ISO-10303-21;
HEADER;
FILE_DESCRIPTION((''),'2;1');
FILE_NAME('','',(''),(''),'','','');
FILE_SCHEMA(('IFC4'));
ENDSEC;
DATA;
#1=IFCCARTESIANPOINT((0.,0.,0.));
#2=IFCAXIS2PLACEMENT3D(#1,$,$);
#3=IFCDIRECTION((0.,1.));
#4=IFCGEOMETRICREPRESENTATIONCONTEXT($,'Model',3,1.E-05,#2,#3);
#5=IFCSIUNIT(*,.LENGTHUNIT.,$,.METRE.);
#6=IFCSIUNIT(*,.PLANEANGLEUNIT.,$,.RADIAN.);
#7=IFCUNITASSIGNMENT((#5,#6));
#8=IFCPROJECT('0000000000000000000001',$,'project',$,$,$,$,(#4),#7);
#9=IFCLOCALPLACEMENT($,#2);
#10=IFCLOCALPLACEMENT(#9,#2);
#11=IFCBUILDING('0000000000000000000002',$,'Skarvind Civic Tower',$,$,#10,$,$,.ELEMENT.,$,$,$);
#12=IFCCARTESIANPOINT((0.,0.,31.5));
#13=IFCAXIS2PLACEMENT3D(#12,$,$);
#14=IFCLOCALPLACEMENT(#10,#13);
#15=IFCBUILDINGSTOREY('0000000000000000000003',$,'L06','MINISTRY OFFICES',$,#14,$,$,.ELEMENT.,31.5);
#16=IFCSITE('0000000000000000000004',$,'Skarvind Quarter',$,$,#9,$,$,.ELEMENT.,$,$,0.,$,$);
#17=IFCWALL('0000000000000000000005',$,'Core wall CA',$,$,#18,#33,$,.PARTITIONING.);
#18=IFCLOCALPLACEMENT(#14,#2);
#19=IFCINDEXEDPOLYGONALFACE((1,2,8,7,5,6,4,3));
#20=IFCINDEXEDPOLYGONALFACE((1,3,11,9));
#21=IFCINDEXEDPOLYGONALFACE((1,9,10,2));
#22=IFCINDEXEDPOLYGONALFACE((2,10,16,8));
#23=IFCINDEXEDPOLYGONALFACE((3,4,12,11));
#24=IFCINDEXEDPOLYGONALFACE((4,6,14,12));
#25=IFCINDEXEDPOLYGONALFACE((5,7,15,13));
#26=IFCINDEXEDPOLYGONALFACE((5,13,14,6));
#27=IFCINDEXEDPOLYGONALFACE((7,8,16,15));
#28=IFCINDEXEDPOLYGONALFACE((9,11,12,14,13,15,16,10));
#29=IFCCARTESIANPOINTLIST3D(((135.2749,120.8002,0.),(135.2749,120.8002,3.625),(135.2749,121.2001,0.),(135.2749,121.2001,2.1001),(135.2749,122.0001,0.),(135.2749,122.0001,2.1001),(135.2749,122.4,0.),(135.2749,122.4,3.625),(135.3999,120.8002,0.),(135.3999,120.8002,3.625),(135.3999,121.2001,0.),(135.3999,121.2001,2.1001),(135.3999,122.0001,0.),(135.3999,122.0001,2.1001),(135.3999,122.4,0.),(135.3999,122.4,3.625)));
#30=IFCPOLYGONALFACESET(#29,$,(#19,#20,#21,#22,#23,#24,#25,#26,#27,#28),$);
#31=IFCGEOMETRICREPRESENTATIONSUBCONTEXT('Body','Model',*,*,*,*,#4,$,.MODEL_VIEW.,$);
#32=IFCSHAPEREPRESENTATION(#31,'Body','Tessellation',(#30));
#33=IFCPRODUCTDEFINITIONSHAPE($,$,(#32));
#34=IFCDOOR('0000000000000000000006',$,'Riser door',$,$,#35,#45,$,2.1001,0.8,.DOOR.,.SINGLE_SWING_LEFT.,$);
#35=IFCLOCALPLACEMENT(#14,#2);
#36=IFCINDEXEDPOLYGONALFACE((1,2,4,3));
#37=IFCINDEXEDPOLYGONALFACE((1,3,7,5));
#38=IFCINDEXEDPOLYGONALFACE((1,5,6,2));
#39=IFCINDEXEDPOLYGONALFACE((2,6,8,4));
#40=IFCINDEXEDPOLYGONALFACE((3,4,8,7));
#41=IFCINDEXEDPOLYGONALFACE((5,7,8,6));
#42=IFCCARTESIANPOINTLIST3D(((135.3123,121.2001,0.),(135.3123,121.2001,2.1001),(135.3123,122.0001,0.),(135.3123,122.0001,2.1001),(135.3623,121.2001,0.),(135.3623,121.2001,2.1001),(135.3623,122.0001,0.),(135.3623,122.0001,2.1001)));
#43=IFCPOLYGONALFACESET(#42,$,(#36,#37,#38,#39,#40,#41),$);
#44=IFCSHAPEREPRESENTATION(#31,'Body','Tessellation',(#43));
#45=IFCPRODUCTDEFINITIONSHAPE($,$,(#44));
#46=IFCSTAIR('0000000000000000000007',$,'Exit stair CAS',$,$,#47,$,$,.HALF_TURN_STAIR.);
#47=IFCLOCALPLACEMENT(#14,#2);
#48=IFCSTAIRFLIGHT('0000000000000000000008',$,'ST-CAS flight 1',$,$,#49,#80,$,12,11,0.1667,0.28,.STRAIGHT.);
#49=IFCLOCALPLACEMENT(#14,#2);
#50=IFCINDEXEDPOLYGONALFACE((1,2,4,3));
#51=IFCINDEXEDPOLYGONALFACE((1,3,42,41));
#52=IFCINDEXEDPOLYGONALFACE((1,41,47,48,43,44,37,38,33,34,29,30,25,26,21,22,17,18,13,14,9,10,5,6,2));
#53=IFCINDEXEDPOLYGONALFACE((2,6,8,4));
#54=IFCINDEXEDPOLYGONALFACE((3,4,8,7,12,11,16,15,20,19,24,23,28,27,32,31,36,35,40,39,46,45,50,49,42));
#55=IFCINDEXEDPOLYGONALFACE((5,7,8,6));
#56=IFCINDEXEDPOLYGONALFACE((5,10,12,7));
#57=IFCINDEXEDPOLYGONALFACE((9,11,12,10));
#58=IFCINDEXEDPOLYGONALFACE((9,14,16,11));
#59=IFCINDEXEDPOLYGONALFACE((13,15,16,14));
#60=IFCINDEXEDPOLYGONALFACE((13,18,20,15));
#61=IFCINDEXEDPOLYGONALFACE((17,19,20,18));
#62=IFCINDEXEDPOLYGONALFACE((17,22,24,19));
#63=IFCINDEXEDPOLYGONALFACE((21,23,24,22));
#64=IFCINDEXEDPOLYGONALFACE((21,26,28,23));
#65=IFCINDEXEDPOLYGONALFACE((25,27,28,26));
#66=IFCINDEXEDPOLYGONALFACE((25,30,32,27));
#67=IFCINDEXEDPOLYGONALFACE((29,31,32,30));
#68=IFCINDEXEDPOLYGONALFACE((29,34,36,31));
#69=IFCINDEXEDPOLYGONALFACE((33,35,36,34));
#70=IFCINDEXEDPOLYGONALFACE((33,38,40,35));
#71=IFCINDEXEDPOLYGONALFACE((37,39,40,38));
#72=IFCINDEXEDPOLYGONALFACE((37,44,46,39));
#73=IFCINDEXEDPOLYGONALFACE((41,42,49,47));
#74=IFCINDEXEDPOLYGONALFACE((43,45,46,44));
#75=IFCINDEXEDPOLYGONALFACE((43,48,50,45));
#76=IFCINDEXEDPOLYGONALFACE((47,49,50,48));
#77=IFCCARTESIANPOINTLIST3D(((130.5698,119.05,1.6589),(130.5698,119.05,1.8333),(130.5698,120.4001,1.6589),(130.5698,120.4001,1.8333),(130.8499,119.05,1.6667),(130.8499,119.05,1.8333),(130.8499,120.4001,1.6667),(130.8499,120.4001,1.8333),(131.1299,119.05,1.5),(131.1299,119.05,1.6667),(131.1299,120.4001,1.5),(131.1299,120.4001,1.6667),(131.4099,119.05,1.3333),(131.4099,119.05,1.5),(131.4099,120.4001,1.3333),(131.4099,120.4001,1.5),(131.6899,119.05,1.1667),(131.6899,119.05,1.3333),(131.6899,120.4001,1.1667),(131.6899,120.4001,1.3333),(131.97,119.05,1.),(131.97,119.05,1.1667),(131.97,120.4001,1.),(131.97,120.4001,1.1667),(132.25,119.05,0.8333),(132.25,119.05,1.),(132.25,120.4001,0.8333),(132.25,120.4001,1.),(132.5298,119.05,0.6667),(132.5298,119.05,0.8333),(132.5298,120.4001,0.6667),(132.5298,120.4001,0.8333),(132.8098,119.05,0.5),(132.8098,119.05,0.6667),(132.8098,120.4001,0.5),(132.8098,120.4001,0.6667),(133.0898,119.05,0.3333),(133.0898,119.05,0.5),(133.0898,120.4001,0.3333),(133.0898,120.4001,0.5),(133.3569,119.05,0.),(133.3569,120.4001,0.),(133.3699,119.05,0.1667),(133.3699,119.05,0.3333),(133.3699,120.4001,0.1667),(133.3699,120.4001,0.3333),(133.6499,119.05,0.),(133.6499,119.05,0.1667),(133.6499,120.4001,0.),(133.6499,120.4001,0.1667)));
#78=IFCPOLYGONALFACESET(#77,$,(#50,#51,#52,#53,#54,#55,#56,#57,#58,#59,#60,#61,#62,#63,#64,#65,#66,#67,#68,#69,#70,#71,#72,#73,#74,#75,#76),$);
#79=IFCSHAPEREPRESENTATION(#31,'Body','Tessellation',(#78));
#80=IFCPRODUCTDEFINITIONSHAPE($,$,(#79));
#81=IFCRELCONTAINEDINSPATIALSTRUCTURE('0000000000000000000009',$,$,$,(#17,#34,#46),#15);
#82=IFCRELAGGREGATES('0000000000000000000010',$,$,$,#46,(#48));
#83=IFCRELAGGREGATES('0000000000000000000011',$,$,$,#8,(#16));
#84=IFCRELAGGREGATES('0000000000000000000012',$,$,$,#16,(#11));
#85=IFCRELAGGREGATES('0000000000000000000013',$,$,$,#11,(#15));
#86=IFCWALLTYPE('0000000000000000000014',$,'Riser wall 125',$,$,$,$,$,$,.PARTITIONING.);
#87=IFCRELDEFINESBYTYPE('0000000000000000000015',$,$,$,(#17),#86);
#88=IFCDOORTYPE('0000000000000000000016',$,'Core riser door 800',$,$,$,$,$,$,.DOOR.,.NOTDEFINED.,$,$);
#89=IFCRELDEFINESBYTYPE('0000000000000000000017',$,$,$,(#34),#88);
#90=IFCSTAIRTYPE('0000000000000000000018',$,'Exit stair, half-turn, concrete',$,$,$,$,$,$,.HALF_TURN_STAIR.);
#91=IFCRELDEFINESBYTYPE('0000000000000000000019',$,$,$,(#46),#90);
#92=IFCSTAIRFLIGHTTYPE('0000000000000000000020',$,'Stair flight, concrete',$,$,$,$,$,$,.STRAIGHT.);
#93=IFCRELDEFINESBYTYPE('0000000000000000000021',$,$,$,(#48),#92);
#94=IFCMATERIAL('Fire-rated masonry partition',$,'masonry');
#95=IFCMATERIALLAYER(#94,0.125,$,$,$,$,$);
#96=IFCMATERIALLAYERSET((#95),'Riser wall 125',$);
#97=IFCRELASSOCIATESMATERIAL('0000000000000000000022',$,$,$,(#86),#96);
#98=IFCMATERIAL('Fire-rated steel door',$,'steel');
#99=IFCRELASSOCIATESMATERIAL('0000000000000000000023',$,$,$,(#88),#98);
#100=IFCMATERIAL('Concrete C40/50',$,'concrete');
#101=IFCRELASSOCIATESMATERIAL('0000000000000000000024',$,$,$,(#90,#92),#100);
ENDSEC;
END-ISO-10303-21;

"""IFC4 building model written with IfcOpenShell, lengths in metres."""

from ifc_helpers import new_model, si_unit, direction, frame, frame_2d, origin, place, context, subcontext, project, spatial, polyline, rectangle, outline, extrude, material, layer, layer_set, type_object, element, fill, aggregate, save


model = new_model("IFC4")

# Units and contexts
model_context = context("Model", 3, precision=1e-05, world=origin(), true_north=direction((0.0, 1.0)))
body_context = subcontext(model_context, "Body", "Model", "MODEL_VIEW")
ifc_project = project(units=[si_unit("LENGTHUNIT", "METRE"), si_unit("PLANEANGLEUNIT", "RADIAN")], contexts=[model_context])

# Site, building, storey
site_placement = place(None, origin())
site = spatial("IfcSite", under=ifc_project, at=site_placement, Name="Skarvind Quarter", CompositionType="ELEMENT", RefElevation=0.0)
building_placement = place(site_placement, origin())
building = spatial("IfcBuilding", under=site, at=building_placement, Name="Skarvind Civic Tower", CompositionType="ELEMENT")
storey_placement = place(building_placement, frame((0.0, 0.0, 31.5)))
storey = spatial("IfcBuildingStorey", under=building, at=storey_placement, Name="L06", Description="MINISTRY OFFICES", CompositionType="ELEMENT", Elevation=31.5)

# Shared definitions
ifc_material_1 = material(Name="Fire-rated masonry partition", Category="masonry")
ifc_material_2 = material(Name="Fire-rated steel door", Category="steel")

# Wall, opening, door
ifc_layer_1 = layer(ifc_material_1, 0.125)
ifc_layer_set_1 = layer_set([ifc_layer_1], Name="Riser wall 125")
wall_type_1 = type_object("IfcWallType", Name="Riser wall 125", PredefinedType="PARTITIONING", material=ifc_layer_set_1)
wall_1_placement = place(storey_placement, frame((135.3374, 122.3999, 0.0), z_axis=(0.0, 0.0, 1.0), x_axis=(0.0, -1.0, 0.0)))
wall_1 = element("IfcWall", 1, at=wall_1_placement, inside=storey, type_object=wall_type_1, Name="Core wall CA", PredefinedType="PARTITIONING", context=body_context, shape_type="SweptSolid", body=[
    extrude(rectangle(XDim=1.5999, YDim=0.125, at=frame_2d((0.7998, 0.0))), origin(), (0.0, 0.0, 1.0), 3.625),
])
opening_1_placement = place(wall_1_placement, frame((0.3999, 0.0, 0.0)))
opening_1 = element("IfcOpeningElement", 2, at=opening_1_placement, cuts=wall_1, PredefinedType="OPENING", context=body_context, shape_type="SweptSolid", body=[
    extrude(rectangle(XDim=0.8, YDim=2.1001, at=frame_2d((0.3999, 1.05))), frame((0.0, 0.0725, 0.0), z_axis=(0.0, -1.0, 0.0), x_axis=(1.0, 0.0, 0.0)), (0.0, 0.0, 1.0), 0.145),
])
door_type_1 = type_object("IfcDoorType", Name="Core riser door 800", OperationType="NOTDEFINED", PredefinedType="DOOR", material=ifc_material_2)
door_1_placement = place(opening_1_placement, origin())
door_1 = element("IfcDoor", 3, at=door_1_placement, inside=storey, type_object=door_type_1, Name="Riser door", OperationType="SINGLE_SWING_LEFT", OverallHeight=2.1001, OverallWidth=0.8, PredefinedType="DOOR", context=body_context, shape_type="SweptSolid", body=[
    extrude(rectangle(XDim=0.8, YDim=2.1001, at=frame_2d((0.3999, 1.05))), frame((0.0, 0.0249, 0.0), z_axis=(0.0, -1.0, 0.0), x_axis=(1.0, 0.0, 0.0)), (0.0, 0.0, 1.0), 0.05),
])
fill(opening_1, door_1)

# Stair, stair flight
ifc_material_3 = material(Name="Concrete C40/50", Category="concrete")
stair_type = type_object("IfcStairType", Name="Exit stair, half-turn, concrete", PredefinedType="HALF_TURN_STAIR", material=ifc_material_3)
stair_placement = place(storey_placement, origin())
stair = element("IfcStair", 4, at=stair_placement, inside=storey, type_object=stair_type, Name="Exit stair CAS", PredefinedType="HALF_TURN_STAIR")
stair_flight_type = type_object("IfcStairFlightType", Name="Stair flight, concrete", PredefinedType="STRAIGHT", material=ifc_material_3)
stair_flight_placement = place(storey_placement, frame((133.6499, 119.7251, 0.0), z_axis=(0.0, 0.0, 1.0), x_axis=(-1.0, 0.0, 0.0)))
stair_flight = element("IfcStairFlight", 5, at=stair_flight_placement, type_object=stair_flight_type, Name="ST-CAS flight 1", NumberOfRisers=12, NumberOfTreads=11, PredefinedType="STRAIGHT", RiserHeight=0.1667, TreadLength=0.28, context=body_context, shape_type="SweptSolid", body=[
    extrude(outline(polyline([(0.0, 0.0), (0.0, 0.1667), (0.28, 0.1667), (0.28, 0.3333), (0.5601, 0.3333), (0.5601, 0.5), (0.8401, 0.5), (0.8401, 0.6667), (1.1201, 0.6667), (1.1201, 0.8333), (1.3999, 0.8333), (1.3999, 1.0), (1.6799, 1.0), (1.6799, 1.1667), (1.96, 1.1667), (1.96, 1.3333), (2.24, 1.3333), (2.24, 1.5), (2.52, 1.5), (2.52, 1.6667), (2.8, 1.6667), (2.8, 1.8333), (3.0801, 1.8333), (3.0801, 2.0), (3.0801, 1.6589), (0.293, 0.0), (0.0, 0.0)])), frame((0.0, 0.675, 0.0), z_axis=(0.0, -1.0, 0.0), x_axis=(1.0, 0.0, 0.0)), (0.0, 0.0, 1.0), 1.3501),
])
aggregate(stair, [stair_flight])

save(model, "model.ifc")
